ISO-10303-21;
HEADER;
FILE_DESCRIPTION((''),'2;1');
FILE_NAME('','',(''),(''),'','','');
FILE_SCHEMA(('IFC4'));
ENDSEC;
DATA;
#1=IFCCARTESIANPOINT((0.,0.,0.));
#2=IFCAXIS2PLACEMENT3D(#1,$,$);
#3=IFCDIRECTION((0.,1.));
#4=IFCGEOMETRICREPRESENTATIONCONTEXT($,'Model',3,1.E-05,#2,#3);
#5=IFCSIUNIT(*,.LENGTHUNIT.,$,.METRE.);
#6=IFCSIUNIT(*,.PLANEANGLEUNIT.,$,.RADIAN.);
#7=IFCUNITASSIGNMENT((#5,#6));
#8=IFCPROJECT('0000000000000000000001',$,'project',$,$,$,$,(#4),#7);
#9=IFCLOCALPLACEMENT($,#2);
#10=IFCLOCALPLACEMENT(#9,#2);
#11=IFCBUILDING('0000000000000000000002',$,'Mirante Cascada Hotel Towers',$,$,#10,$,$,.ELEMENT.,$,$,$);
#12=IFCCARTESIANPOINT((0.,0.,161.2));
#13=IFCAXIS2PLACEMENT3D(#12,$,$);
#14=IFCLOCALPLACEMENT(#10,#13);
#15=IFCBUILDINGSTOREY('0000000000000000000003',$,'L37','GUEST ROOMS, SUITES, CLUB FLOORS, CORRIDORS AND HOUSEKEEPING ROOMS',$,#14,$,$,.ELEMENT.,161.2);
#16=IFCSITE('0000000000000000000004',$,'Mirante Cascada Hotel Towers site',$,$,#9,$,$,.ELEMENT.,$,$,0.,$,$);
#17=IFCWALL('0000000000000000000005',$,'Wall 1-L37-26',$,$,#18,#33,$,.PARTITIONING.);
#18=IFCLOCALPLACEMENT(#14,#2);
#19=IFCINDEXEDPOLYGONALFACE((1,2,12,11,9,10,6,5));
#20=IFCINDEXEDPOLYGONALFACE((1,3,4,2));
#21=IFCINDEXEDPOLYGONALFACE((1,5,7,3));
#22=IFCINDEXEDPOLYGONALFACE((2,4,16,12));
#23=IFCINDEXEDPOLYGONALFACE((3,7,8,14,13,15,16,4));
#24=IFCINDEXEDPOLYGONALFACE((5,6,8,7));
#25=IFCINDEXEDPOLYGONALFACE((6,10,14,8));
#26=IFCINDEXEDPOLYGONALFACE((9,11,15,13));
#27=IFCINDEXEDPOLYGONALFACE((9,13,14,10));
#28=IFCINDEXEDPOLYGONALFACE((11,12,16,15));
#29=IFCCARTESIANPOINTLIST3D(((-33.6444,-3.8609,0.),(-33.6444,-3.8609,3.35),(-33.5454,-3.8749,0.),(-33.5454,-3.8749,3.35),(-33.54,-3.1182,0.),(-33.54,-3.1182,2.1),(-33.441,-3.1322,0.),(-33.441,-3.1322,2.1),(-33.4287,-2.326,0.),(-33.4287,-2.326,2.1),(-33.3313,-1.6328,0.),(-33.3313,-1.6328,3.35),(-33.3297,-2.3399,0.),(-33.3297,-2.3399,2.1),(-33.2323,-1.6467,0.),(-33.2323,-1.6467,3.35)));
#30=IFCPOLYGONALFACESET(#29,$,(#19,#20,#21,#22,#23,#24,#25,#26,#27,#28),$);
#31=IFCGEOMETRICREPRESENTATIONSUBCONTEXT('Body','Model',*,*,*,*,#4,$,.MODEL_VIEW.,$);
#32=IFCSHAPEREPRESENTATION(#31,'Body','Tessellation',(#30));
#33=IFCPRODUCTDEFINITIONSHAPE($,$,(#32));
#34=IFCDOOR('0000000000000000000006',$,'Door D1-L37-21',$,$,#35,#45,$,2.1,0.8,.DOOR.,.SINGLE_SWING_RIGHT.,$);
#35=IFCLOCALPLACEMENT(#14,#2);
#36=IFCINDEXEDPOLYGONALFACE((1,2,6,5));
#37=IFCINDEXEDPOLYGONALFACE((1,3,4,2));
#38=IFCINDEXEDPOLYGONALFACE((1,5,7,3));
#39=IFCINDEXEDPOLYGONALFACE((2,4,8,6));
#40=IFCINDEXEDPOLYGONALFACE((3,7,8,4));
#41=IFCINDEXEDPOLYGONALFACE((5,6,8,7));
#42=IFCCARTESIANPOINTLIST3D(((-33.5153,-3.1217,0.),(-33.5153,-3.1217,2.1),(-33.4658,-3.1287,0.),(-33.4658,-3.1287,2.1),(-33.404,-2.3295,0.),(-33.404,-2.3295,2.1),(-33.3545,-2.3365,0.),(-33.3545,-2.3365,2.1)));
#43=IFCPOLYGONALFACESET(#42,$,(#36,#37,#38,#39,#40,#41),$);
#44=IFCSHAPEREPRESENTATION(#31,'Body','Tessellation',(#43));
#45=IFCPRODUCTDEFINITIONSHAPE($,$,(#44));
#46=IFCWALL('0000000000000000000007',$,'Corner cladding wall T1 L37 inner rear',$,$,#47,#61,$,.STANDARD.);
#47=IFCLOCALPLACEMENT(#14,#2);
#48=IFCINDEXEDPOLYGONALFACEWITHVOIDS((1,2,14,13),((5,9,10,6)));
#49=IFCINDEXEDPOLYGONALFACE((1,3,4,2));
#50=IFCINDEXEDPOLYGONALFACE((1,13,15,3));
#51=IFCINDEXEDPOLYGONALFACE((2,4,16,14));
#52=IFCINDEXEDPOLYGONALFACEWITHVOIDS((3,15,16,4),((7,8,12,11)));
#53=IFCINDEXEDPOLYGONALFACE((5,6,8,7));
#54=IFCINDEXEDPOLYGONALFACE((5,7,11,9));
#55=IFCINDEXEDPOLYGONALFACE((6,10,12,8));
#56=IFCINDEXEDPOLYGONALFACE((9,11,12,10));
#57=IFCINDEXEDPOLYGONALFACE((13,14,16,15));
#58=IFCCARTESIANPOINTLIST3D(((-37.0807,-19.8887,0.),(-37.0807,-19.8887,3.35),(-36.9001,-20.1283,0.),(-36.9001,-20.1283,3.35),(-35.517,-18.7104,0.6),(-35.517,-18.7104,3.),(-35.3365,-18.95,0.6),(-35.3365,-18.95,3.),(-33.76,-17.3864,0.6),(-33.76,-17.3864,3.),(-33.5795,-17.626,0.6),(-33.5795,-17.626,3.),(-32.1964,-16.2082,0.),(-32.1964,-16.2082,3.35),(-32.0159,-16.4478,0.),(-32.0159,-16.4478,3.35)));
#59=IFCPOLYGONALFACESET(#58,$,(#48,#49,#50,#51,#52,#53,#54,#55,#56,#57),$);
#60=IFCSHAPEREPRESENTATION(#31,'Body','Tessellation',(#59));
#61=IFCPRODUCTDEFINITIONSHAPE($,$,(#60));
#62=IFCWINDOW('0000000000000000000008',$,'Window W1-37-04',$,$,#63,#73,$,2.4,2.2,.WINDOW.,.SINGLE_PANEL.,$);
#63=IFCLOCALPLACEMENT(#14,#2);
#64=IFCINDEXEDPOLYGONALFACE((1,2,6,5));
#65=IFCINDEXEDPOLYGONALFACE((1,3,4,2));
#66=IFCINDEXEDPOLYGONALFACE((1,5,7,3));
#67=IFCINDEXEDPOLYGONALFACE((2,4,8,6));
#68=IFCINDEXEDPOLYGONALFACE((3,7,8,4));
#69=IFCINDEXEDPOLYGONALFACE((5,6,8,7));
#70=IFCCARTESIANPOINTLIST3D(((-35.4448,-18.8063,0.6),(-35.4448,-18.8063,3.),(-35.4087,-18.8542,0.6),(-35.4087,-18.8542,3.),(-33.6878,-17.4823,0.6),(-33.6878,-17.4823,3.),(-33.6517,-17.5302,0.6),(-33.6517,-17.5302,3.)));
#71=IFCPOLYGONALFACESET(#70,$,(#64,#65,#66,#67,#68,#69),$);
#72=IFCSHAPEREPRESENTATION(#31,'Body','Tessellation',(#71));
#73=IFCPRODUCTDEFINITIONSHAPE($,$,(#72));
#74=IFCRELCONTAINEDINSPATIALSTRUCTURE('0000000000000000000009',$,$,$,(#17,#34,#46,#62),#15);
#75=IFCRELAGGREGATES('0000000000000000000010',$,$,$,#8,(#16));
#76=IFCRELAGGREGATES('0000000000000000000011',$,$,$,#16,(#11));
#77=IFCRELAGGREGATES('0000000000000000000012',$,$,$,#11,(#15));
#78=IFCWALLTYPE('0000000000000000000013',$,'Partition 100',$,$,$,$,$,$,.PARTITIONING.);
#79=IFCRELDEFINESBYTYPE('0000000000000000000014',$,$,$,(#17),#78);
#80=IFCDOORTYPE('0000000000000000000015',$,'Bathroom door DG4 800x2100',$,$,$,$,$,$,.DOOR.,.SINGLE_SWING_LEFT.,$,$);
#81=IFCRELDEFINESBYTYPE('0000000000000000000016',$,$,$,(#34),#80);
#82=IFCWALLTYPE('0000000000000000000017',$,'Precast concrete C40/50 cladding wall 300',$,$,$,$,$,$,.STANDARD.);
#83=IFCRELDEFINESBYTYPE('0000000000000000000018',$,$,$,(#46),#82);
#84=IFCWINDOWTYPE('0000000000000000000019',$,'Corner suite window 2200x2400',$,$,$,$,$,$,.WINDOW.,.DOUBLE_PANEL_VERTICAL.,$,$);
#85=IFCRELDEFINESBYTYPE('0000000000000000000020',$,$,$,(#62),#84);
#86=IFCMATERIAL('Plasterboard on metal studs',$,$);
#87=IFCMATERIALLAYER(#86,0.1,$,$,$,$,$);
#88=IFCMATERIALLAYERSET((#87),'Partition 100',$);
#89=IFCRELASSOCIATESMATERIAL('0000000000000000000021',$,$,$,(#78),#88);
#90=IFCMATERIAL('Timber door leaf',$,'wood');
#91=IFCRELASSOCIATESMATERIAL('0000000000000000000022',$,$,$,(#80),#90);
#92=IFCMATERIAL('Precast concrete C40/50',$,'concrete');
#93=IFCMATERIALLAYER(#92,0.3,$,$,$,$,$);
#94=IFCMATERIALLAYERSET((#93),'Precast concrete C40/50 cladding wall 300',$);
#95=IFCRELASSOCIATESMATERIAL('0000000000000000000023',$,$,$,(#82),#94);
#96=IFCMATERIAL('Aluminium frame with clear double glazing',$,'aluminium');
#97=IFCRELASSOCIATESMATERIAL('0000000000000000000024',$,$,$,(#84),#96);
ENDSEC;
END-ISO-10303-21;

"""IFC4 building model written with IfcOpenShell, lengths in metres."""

from ifc_helpers import new_model, si_unit, direction, frame, frame_2d, origin, place, context, subcontext, project, spatial, rectangle, extrude, material, layer, layer_set, type_object, element, fill, save


model = new_model("IFC4")

# Units and contexts
model_context = context("Model", 3, precision=1e-05, world=origin(), true_north=direction((0.0, 1.0)))
body_context = subcontext(model_context, "Body", "Model", "MODEL_VIEW")
ifc_project = project(units=[si_unit("LENGTHUNIT", "METRE"), si_unit("PLANEANGLEUNIT", "RADIAN")], contexts=[model_context])

# Site, building, storey
site_placement = place(None, origin())
site = spatial("IfcSite", under=ifc_project, at=site_placement, Name="Mirante Cascada Hotel Towers site", CompositionType="ELEMENT", RefElevation=0.0)
building_placement = place(site_placement, origin())
building = spatial("IfcBuilding", under=site, at=building_placement, Name="Mirante Cascada Hotel Towers", CompositionType="ELEMENT")
storey_placement = place(building_placement, frame((0.0, 0.0, 161.2)))
storey = spatial("IfcBuildingStorey", under=building, at=storey_placement, Name="L37", Description="GUEST ROOMS, SUITES, CLUB FLOORS, CORRIDORS AND HOUSEKEEPING ROOMS", CompositionType="ELEMENT", Elevation=161.2)

# Shared definitions
ifc_material_1 = material(Name="Plasterboard on metal studs")
ifc_layer_1 = layer(ifc_material_1, 0.1)
ifc_layer_set_1 = layer_set([ifc_layer_1], Name="Partition 100")
wall_type_1 = type_object("IfcWallType", Name="Partition 100", PredefinedType="PARTITIONING", material=ifc_layer_set_1)

# Wall, opening, door
wall_1_placement = place(storey_placement, frame((-33.5949, -3.8679, 0.0), z_axis=(0.0, 0.0, 1.0), x_axis=(0.139156, 0.990271, 0.0)))
wall_1 = element("IfcWall", 1, at=wall_1_placement, inside=storey, type_object=wall_type_1, Name="Wall 1-L37-26", PredefinedType="PARTITIONING", context=body_context, shape_type="SweptSolid", body=[
    extrude(rectangle(XDim=2.25, YDim=0.1, at=frame_2d((1.125, 0.0))), origin(), (0.0, 0.0, 1.0), 3.35),
])
opening_1_placement = place(wall_1_placement, frame((0.75, 0.0, 0.0)))
opening_1 = element("IfcOpeningElement", 2, at=opening_1_placement, cuts=wall_1, PredefinedType="OPENING", context=body_context, shape_type="SweptSolid", body=[
    extrude(rectangle(XDim=0.8, YDim=2.1, at=frame_2d((0.4, 1.05))), frame((0.0, 0.05, 0.0), z_axis=(0.0, -1.0, 0.0), x_axis=(1.0, 0.0, 0.0)), (0.0, 0.0, 1.0), 0.1),
])
ifc_material_2 = material(Name="Timber door leaf", Category="wood")
door_type_1 = type_object("IfcDoorType", Name="Bathroom door DG4 800x2100", OperationType="SINGLE_SWING_LEFT", PredefinedType="DOOR", material=ifc_material_2)
door_1_placement = place(opening_1_placement, frame((0.8, 0.0, 0.0), z_axis=(0.0, 0.0, 1.0), x_axis=(-1.0, 0.0, 0.0)))
door_1 = element("IfcDoor", 3, at=door_1_placement, inside=storey, type_object=door_type_1, Name="Door D1-L37-21", OperationType="SINGLE_SWING_RIGHT", OverallHeight=2.1, OverallWidth=0.8, PredefinedType="DOOR", context=body_context, shape_type="SweptSolid", body=[
    extrude(rectangle(XDim=0.8, YDim=2.1, at=frame_2d((0.4, 1.05))), frame((0.0, 0.025, 0.0), z_axis=(0.0, -1.0, 0.0), x_axis=(1.0, 0.0, 0.0)), (0.0, 0.0, 1.0), 0.05),
])
fill(opening_1, door_1)

# Wall, opening, window
ifc_material_3 = material(Name="Precast concrete C40/50", Category="concrete")
ifc_layer_2 = layer(ifc_material_3, 0.3)
ifc_layer_set_2 = layer_set([ifc_layer_2], Name="Precast concrete C40/50 cladding wall 300")
wall_type_2 = type_object("IfcWallType", Name="Precast concrete C40/50 cladding wall 300", PredefinedType="STANDARD", material=ifc_layer_set_2)
wall_2_placement = place(storey_placement, frame((-32.1062, -16.328, 0.0), z_axis=(0.0, 0.0, 1.0), x_axis=(-0.798636, -0.601814, 0.0)))
wall_2 = element("IfcWall", 4, at=wall_2_placement, inside=storey, type_object=wall_type_2, Name="Corner cladding wall T1 L37 inner rear", PredefinedType="STANDARD", context=body_context, shape_type="SweptSolid", body=[
    extrude(rectangle(XDim=6.1157, YDim=0.3, at=frame_2d((3.0578, 0.0))), origin(), (0.0, 0.0, 1.0), 3.35),
])
opening_2_placement = place(wall_2_placement, frame((1.9578, 0.0, 0.6)))
opening_2 = element("IfcOpeningElement", 5, at=opening_2_placement, cuts=wall_2, PredefinedType="OPENING", context=body_context, shape_type="SweptSolid", body=[
    extrude(rectangle(XDim=2.2, YDim=2.4, at=frame_2d((1.1, 1.2))), frame((0.0, 0.15, 0.0), z_axis=(0.0, -1.0, 0.0), x_axis=(1.0, 0.0, 0.0)), (0.0, 0.0, 1.0), 0.3),
])
ifc_material_4 = material(Name="Aluminium frame with clear double glazing", Category="aluminium")
window_type = type_object("IfcWindowType", Name="Corner suite window 2200x2400", PartitioningType="DOUBLE_PANEL_VERTICAL", PredefinedType="WINDOW", material=ifc_material_4)
window_placement = place(opening_2_placement, origin())
window = element("IfcWindow", 6, at=window_placement, inside=storey, type_object=window_type, Name="Window W1-37-04", OverallHeight=2.4, OverallWidth=2.2, PartitioningType="SINGLE_PANEL", PredefinedType="WINDOW", context=body_context, shape_type="SweptSolid", body=[
    extrude(rectangle(XDim=2.2, YDim=2.4, at=frame_2d((1.1, 1.2))), frame((0.0, 0.03, 0.0), z_axis=(0.0, -1.0, 0.0), x_axis=(1.0, 0.0, 0.0)), (0.0, 0.0, 1.0), 0.06),
])
fill(opening_2, window)

save(model, "model.ifc")
